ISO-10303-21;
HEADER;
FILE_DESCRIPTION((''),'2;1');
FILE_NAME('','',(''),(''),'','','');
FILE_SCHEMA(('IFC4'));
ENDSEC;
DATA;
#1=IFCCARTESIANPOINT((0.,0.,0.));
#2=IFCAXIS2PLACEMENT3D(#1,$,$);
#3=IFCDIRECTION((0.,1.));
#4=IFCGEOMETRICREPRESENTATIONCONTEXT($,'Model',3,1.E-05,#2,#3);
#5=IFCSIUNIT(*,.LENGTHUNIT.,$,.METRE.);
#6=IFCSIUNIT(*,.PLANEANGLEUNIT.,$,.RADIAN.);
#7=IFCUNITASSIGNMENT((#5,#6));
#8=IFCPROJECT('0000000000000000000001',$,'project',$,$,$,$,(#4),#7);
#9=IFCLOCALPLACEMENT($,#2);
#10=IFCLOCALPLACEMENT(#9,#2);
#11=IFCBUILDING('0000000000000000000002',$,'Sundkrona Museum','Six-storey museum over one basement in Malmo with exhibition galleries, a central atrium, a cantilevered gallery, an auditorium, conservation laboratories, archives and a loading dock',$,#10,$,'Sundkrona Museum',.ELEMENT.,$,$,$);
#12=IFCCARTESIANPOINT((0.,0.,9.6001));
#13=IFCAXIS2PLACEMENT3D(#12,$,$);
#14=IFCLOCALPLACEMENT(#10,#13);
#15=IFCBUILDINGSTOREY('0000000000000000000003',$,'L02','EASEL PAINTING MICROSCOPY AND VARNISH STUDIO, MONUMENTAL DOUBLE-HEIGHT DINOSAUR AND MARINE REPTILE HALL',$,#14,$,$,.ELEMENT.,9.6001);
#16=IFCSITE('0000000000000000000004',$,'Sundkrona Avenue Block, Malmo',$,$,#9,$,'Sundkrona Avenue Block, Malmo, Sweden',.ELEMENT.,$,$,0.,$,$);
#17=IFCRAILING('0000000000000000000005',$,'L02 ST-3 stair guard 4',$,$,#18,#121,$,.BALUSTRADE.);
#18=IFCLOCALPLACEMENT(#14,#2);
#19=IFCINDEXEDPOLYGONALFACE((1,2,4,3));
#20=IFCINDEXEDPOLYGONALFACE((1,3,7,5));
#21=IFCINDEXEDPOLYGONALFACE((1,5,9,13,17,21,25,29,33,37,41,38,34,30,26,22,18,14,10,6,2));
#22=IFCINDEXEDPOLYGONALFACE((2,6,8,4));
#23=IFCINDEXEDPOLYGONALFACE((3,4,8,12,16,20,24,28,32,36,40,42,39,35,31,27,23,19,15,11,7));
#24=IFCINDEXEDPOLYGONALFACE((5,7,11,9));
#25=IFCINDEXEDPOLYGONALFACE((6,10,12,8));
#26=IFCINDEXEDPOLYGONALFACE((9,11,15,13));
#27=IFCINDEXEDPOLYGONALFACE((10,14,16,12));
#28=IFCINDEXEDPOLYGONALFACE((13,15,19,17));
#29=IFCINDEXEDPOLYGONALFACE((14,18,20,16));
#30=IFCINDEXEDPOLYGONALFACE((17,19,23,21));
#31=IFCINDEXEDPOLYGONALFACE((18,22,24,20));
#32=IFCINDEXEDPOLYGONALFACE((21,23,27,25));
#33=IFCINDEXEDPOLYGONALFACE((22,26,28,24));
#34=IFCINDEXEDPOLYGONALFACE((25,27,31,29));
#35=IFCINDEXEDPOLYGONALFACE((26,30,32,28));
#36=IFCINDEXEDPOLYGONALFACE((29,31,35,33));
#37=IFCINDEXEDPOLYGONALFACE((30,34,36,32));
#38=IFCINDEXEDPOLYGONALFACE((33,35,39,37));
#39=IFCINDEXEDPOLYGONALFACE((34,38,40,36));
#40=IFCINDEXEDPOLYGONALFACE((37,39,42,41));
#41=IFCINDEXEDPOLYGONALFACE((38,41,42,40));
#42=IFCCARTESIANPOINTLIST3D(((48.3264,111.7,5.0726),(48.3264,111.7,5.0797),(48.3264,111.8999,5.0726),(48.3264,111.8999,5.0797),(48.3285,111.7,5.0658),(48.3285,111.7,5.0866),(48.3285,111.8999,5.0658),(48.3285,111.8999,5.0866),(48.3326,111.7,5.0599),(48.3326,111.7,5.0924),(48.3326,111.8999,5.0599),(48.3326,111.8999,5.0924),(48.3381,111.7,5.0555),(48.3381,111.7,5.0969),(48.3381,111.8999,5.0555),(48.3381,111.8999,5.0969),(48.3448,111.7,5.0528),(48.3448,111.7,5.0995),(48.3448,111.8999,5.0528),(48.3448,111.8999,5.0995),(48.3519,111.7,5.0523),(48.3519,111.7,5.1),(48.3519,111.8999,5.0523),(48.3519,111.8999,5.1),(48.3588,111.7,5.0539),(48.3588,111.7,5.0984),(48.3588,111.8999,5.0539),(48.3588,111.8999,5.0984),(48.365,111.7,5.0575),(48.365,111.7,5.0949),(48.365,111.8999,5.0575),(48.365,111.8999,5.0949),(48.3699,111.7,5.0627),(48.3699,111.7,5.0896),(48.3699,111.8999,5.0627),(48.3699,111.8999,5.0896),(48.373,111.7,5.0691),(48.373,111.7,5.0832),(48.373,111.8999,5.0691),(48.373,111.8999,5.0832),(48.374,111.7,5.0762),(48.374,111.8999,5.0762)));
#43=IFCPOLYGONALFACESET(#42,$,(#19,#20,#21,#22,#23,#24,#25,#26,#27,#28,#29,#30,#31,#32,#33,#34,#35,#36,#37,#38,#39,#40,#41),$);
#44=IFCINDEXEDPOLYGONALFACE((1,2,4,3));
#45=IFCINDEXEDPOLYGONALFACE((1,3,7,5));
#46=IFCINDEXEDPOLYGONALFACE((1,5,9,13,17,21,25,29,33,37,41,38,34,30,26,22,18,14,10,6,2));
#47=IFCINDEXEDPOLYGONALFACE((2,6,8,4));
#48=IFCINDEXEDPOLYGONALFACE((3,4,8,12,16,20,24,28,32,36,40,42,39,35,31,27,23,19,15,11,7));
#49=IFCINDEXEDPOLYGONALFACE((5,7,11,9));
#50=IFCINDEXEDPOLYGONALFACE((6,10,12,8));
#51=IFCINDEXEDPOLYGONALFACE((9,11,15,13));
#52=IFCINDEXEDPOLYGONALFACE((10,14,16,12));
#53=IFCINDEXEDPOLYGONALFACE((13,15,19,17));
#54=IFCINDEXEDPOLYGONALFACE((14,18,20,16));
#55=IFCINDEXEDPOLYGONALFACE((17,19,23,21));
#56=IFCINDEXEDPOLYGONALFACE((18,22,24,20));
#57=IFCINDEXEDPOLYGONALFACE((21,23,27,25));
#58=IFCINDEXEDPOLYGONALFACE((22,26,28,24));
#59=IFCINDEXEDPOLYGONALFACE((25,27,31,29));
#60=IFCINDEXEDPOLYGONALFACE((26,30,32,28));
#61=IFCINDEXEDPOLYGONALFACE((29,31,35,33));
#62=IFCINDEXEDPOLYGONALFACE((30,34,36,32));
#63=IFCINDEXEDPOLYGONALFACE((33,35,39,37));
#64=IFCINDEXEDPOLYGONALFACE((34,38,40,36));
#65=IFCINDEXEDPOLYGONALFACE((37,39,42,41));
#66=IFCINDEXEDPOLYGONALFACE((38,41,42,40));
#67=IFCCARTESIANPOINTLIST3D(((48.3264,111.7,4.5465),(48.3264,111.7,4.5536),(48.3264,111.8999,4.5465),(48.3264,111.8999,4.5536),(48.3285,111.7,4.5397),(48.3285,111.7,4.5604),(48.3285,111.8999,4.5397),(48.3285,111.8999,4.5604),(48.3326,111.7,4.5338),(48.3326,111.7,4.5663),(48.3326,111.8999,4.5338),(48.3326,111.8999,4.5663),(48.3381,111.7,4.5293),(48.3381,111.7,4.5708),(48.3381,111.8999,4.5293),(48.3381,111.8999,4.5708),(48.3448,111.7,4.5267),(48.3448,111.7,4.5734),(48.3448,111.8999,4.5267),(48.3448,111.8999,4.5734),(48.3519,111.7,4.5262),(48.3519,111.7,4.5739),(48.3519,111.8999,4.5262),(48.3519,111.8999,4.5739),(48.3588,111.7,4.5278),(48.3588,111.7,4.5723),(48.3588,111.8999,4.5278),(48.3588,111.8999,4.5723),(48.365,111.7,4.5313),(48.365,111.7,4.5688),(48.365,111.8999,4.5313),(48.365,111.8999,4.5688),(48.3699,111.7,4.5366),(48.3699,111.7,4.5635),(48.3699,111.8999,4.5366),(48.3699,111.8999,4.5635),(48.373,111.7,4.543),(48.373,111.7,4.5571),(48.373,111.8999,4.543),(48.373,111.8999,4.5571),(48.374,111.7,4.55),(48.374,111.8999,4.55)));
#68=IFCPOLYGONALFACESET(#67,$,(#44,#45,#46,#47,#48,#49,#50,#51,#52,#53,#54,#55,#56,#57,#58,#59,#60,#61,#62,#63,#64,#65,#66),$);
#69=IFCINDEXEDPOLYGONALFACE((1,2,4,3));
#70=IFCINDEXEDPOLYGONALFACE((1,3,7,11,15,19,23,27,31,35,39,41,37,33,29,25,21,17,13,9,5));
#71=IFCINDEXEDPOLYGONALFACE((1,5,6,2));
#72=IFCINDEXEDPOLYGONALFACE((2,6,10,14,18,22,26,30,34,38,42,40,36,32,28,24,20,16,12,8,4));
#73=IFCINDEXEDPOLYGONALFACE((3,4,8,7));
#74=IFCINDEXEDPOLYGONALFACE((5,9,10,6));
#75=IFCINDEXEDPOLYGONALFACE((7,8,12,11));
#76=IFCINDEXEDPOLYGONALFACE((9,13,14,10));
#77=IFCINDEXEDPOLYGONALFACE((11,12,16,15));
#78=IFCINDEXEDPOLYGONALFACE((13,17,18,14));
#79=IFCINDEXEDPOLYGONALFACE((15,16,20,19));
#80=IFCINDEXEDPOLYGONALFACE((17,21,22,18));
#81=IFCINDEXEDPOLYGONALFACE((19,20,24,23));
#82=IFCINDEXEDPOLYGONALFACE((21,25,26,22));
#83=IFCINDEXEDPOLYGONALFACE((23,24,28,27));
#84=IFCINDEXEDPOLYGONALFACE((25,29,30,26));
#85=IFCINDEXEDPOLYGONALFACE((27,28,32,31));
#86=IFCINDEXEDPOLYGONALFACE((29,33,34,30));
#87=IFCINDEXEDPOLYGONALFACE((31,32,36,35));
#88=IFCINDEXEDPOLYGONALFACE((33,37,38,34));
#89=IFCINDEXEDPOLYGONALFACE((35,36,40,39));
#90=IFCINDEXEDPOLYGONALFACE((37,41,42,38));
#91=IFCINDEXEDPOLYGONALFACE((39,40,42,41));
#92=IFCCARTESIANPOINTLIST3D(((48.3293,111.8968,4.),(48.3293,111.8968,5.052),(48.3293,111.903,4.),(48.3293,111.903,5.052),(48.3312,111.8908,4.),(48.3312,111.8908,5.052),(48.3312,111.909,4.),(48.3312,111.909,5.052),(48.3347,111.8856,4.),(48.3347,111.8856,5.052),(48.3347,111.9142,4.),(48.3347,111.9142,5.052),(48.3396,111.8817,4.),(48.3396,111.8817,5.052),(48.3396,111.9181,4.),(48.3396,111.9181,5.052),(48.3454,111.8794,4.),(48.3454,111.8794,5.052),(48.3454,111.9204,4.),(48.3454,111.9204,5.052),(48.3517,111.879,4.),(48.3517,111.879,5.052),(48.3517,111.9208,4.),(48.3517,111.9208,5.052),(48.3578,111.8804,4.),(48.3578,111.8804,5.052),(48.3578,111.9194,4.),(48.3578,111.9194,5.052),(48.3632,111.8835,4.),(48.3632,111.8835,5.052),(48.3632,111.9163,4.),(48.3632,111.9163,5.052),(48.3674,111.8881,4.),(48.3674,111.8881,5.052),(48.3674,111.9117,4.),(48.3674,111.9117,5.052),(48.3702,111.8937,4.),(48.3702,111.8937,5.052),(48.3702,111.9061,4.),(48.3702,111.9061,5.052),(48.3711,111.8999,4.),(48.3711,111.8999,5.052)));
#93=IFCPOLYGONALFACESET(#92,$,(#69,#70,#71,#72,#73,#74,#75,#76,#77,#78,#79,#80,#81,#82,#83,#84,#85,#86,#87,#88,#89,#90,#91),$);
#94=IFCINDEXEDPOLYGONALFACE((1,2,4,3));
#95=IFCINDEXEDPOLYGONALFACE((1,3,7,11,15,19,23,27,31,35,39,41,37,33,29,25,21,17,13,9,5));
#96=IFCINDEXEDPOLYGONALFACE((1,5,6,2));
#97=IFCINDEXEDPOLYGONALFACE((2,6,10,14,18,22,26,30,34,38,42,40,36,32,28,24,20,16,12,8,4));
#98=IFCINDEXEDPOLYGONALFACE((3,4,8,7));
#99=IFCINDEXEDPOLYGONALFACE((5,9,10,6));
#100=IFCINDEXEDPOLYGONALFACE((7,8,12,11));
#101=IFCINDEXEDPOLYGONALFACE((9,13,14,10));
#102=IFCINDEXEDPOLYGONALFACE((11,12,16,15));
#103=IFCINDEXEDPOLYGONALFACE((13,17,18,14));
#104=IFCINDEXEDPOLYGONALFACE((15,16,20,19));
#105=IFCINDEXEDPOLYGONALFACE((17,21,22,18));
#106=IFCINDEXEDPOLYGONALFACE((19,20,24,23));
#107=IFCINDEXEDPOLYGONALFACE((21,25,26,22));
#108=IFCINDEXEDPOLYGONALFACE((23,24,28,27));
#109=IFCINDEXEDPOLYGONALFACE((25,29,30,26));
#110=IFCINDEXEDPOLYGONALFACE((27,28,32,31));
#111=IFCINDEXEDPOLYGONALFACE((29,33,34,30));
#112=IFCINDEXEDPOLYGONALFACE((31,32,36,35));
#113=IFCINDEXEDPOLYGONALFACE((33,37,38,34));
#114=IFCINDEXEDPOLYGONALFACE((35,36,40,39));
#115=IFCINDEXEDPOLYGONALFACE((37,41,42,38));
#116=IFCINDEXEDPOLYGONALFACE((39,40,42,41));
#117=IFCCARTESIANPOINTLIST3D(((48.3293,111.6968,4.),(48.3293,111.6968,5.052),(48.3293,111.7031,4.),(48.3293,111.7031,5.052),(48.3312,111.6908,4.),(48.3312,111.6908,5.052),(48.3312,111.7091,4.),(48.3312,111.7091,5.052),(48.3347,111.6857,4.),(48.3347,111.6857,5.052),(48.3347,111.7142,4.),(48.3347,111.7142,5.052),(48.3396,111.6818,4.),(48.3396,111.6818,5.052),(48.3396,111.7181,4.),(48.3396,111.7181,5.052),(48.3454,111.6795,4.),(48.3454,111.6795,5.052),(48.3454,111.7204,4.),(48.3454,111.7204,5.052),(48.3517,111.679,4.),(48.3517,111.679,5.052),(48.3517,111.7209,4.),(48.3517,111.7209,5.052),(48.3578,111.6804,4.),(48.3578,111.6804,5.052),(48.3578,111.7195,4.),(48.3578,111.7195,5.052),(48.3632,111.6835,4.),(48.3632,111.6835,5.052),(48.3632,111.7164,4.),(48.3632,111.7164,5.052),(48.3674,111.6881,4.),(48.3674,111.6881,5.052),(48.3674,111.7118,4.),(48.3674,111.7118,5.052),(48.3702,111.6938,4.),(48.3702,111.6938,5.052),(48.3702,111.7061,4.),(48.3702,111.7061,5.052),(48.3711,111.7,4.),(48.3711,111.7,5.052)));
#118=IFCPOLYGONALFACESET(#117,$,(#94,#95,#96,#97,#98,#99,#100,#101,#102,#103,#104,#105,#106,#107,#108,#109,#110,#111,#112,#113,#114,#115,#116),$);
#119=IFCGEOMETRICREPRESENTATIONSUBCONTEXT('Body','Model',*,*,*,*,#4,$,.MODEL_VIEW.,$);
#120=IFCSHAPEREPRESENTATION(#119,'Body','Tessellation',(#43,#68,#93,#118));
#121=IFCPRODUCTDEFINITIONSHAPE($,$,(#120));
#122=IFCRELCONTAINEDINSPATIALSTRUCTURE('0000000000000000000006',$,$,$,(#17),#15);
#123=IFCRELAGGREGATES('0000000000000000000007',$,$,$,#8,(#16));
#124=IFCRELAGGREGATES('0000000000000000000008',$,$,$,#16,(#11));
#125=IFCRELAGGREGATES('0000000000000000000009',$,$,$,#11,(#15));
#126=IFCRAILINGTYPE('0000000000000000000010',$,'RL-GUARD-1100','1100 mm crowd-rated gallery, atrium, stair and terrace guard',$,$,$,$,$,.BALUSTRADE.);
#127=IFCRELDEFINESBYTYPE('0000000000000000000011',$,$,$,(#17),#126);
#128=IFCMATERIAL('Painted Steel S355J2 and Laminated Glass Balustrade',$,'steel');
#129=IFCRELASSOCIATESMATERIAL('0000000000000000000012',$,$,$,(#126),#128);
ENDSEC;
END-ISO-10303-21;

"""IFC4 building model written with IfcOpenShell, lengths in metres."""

from ifc_helpers import new_model, si_unit, direction, frame, origin, origin_2d, place, context, subcontext, project, spatial, circle, extrude, material, type_object, element, save


model = new_model("IFC4")

# Units and contexts
model_context = context("Model", 3, precision=1e-05, world=origin(), true_north=direction((0.0, 1.0)))
body_context = subcontext(model_context, "Body", "Model", "MODEL_VIEW")
ifc_project = project(units=[si_unit("LENGTHUNIT", "METRE"), si_unit("PLANEANGLEUNIT", "RADIAN")], contexts=[model_context])

# Site, building, storey
site_placement = place(None, origin())
site = spatial("IfcSite", under=ifc_project, at=site_placement, Name="Sundkrona Avenue Block, Malmo", LongName="Sundkrona Avenue Block, Malmo, Sweden", CompositionType="ELEMENT", RefElevation=0.0)
building_placement = place(site_placement, origin())
building = spatial("IfcBuilding", under=site, at=building_placement, Name="Sundkrona Museum", Description="Six-storey museum over one basement in Malmo with exhibition galleries, a central atrium, a cantilevered gallery, an auditorium, conservation laboratories, archives and a loading dock", LongName="Sundkrona Museum", CompositionType="ELEMENT")
storey_placement = place(building_placement, frame((0.0, 0.0, 9.6001)))
storey = spatial("IfcBuildingStorey", under=building, at=storey_placement, Name="L02", Description="EASEL PAINTING MICROSCOPY AND VARNISH STUDIO, MONUMENTAL DOUBLE-HEIGHT DINOSAUR AND MARINE REPTILE HALL", CompositionType="ELEMENT", Elevation=9.6001)

# Railing
ifc_material_1 = material(Name="Painted Steel S355J2 and Laminated Glass Balustrade", Category="steel")
railing_type_1 = type_object("IfcRailingType", Name="RL-GUARD-1100", Description="1100 mm crowd-rated gallery, atrium, stair and terrace guard", PredefinedType="BALUSTRADE", material=ifc_material_1)
railing_1_placement = place(storey_placement, frame((48.3501, 111.8999, 4.0)))
element("IfcRailing", 1, at=railing_1_placement, inside=storey, type_object=railing_type_1, Name="L02 ST-3 stair guard 4", PredefinedType="BALUSTRADE", context=body_context, shape_type="SweptSolid", body=[
    extrude(circle(Radius=0.0239, at=origin_2d()), frame((0.0, 0.0, 1.0762), z_axis=(0.0, -1.0, 0.0), x_axis=(1.0, 0.0, 0.0)), (0.0, 0.0, 1.0), 0.2),
    extrude(circle(Radius=0.0239, at=origin_2d()), frame((0.0, 0.0, 0.55), z_axis=(0.0, -1.0, 0.0), x_axis=(1.0, 0.0, 0.0)), (0.0, 0.0, 1.0), 0.2),
    extrude(circle(Radius=0.021, at=origin_2d()), origin(), (0.0, 0.0, 1.0), 1.052),
    extrude(circle(Radius=0.021, at=origin_2d()), frame((0.0, -0.2, 0.0)), (0.0, 0.0, 1.0), 1.052),
])

save(model, "model.ifc")
